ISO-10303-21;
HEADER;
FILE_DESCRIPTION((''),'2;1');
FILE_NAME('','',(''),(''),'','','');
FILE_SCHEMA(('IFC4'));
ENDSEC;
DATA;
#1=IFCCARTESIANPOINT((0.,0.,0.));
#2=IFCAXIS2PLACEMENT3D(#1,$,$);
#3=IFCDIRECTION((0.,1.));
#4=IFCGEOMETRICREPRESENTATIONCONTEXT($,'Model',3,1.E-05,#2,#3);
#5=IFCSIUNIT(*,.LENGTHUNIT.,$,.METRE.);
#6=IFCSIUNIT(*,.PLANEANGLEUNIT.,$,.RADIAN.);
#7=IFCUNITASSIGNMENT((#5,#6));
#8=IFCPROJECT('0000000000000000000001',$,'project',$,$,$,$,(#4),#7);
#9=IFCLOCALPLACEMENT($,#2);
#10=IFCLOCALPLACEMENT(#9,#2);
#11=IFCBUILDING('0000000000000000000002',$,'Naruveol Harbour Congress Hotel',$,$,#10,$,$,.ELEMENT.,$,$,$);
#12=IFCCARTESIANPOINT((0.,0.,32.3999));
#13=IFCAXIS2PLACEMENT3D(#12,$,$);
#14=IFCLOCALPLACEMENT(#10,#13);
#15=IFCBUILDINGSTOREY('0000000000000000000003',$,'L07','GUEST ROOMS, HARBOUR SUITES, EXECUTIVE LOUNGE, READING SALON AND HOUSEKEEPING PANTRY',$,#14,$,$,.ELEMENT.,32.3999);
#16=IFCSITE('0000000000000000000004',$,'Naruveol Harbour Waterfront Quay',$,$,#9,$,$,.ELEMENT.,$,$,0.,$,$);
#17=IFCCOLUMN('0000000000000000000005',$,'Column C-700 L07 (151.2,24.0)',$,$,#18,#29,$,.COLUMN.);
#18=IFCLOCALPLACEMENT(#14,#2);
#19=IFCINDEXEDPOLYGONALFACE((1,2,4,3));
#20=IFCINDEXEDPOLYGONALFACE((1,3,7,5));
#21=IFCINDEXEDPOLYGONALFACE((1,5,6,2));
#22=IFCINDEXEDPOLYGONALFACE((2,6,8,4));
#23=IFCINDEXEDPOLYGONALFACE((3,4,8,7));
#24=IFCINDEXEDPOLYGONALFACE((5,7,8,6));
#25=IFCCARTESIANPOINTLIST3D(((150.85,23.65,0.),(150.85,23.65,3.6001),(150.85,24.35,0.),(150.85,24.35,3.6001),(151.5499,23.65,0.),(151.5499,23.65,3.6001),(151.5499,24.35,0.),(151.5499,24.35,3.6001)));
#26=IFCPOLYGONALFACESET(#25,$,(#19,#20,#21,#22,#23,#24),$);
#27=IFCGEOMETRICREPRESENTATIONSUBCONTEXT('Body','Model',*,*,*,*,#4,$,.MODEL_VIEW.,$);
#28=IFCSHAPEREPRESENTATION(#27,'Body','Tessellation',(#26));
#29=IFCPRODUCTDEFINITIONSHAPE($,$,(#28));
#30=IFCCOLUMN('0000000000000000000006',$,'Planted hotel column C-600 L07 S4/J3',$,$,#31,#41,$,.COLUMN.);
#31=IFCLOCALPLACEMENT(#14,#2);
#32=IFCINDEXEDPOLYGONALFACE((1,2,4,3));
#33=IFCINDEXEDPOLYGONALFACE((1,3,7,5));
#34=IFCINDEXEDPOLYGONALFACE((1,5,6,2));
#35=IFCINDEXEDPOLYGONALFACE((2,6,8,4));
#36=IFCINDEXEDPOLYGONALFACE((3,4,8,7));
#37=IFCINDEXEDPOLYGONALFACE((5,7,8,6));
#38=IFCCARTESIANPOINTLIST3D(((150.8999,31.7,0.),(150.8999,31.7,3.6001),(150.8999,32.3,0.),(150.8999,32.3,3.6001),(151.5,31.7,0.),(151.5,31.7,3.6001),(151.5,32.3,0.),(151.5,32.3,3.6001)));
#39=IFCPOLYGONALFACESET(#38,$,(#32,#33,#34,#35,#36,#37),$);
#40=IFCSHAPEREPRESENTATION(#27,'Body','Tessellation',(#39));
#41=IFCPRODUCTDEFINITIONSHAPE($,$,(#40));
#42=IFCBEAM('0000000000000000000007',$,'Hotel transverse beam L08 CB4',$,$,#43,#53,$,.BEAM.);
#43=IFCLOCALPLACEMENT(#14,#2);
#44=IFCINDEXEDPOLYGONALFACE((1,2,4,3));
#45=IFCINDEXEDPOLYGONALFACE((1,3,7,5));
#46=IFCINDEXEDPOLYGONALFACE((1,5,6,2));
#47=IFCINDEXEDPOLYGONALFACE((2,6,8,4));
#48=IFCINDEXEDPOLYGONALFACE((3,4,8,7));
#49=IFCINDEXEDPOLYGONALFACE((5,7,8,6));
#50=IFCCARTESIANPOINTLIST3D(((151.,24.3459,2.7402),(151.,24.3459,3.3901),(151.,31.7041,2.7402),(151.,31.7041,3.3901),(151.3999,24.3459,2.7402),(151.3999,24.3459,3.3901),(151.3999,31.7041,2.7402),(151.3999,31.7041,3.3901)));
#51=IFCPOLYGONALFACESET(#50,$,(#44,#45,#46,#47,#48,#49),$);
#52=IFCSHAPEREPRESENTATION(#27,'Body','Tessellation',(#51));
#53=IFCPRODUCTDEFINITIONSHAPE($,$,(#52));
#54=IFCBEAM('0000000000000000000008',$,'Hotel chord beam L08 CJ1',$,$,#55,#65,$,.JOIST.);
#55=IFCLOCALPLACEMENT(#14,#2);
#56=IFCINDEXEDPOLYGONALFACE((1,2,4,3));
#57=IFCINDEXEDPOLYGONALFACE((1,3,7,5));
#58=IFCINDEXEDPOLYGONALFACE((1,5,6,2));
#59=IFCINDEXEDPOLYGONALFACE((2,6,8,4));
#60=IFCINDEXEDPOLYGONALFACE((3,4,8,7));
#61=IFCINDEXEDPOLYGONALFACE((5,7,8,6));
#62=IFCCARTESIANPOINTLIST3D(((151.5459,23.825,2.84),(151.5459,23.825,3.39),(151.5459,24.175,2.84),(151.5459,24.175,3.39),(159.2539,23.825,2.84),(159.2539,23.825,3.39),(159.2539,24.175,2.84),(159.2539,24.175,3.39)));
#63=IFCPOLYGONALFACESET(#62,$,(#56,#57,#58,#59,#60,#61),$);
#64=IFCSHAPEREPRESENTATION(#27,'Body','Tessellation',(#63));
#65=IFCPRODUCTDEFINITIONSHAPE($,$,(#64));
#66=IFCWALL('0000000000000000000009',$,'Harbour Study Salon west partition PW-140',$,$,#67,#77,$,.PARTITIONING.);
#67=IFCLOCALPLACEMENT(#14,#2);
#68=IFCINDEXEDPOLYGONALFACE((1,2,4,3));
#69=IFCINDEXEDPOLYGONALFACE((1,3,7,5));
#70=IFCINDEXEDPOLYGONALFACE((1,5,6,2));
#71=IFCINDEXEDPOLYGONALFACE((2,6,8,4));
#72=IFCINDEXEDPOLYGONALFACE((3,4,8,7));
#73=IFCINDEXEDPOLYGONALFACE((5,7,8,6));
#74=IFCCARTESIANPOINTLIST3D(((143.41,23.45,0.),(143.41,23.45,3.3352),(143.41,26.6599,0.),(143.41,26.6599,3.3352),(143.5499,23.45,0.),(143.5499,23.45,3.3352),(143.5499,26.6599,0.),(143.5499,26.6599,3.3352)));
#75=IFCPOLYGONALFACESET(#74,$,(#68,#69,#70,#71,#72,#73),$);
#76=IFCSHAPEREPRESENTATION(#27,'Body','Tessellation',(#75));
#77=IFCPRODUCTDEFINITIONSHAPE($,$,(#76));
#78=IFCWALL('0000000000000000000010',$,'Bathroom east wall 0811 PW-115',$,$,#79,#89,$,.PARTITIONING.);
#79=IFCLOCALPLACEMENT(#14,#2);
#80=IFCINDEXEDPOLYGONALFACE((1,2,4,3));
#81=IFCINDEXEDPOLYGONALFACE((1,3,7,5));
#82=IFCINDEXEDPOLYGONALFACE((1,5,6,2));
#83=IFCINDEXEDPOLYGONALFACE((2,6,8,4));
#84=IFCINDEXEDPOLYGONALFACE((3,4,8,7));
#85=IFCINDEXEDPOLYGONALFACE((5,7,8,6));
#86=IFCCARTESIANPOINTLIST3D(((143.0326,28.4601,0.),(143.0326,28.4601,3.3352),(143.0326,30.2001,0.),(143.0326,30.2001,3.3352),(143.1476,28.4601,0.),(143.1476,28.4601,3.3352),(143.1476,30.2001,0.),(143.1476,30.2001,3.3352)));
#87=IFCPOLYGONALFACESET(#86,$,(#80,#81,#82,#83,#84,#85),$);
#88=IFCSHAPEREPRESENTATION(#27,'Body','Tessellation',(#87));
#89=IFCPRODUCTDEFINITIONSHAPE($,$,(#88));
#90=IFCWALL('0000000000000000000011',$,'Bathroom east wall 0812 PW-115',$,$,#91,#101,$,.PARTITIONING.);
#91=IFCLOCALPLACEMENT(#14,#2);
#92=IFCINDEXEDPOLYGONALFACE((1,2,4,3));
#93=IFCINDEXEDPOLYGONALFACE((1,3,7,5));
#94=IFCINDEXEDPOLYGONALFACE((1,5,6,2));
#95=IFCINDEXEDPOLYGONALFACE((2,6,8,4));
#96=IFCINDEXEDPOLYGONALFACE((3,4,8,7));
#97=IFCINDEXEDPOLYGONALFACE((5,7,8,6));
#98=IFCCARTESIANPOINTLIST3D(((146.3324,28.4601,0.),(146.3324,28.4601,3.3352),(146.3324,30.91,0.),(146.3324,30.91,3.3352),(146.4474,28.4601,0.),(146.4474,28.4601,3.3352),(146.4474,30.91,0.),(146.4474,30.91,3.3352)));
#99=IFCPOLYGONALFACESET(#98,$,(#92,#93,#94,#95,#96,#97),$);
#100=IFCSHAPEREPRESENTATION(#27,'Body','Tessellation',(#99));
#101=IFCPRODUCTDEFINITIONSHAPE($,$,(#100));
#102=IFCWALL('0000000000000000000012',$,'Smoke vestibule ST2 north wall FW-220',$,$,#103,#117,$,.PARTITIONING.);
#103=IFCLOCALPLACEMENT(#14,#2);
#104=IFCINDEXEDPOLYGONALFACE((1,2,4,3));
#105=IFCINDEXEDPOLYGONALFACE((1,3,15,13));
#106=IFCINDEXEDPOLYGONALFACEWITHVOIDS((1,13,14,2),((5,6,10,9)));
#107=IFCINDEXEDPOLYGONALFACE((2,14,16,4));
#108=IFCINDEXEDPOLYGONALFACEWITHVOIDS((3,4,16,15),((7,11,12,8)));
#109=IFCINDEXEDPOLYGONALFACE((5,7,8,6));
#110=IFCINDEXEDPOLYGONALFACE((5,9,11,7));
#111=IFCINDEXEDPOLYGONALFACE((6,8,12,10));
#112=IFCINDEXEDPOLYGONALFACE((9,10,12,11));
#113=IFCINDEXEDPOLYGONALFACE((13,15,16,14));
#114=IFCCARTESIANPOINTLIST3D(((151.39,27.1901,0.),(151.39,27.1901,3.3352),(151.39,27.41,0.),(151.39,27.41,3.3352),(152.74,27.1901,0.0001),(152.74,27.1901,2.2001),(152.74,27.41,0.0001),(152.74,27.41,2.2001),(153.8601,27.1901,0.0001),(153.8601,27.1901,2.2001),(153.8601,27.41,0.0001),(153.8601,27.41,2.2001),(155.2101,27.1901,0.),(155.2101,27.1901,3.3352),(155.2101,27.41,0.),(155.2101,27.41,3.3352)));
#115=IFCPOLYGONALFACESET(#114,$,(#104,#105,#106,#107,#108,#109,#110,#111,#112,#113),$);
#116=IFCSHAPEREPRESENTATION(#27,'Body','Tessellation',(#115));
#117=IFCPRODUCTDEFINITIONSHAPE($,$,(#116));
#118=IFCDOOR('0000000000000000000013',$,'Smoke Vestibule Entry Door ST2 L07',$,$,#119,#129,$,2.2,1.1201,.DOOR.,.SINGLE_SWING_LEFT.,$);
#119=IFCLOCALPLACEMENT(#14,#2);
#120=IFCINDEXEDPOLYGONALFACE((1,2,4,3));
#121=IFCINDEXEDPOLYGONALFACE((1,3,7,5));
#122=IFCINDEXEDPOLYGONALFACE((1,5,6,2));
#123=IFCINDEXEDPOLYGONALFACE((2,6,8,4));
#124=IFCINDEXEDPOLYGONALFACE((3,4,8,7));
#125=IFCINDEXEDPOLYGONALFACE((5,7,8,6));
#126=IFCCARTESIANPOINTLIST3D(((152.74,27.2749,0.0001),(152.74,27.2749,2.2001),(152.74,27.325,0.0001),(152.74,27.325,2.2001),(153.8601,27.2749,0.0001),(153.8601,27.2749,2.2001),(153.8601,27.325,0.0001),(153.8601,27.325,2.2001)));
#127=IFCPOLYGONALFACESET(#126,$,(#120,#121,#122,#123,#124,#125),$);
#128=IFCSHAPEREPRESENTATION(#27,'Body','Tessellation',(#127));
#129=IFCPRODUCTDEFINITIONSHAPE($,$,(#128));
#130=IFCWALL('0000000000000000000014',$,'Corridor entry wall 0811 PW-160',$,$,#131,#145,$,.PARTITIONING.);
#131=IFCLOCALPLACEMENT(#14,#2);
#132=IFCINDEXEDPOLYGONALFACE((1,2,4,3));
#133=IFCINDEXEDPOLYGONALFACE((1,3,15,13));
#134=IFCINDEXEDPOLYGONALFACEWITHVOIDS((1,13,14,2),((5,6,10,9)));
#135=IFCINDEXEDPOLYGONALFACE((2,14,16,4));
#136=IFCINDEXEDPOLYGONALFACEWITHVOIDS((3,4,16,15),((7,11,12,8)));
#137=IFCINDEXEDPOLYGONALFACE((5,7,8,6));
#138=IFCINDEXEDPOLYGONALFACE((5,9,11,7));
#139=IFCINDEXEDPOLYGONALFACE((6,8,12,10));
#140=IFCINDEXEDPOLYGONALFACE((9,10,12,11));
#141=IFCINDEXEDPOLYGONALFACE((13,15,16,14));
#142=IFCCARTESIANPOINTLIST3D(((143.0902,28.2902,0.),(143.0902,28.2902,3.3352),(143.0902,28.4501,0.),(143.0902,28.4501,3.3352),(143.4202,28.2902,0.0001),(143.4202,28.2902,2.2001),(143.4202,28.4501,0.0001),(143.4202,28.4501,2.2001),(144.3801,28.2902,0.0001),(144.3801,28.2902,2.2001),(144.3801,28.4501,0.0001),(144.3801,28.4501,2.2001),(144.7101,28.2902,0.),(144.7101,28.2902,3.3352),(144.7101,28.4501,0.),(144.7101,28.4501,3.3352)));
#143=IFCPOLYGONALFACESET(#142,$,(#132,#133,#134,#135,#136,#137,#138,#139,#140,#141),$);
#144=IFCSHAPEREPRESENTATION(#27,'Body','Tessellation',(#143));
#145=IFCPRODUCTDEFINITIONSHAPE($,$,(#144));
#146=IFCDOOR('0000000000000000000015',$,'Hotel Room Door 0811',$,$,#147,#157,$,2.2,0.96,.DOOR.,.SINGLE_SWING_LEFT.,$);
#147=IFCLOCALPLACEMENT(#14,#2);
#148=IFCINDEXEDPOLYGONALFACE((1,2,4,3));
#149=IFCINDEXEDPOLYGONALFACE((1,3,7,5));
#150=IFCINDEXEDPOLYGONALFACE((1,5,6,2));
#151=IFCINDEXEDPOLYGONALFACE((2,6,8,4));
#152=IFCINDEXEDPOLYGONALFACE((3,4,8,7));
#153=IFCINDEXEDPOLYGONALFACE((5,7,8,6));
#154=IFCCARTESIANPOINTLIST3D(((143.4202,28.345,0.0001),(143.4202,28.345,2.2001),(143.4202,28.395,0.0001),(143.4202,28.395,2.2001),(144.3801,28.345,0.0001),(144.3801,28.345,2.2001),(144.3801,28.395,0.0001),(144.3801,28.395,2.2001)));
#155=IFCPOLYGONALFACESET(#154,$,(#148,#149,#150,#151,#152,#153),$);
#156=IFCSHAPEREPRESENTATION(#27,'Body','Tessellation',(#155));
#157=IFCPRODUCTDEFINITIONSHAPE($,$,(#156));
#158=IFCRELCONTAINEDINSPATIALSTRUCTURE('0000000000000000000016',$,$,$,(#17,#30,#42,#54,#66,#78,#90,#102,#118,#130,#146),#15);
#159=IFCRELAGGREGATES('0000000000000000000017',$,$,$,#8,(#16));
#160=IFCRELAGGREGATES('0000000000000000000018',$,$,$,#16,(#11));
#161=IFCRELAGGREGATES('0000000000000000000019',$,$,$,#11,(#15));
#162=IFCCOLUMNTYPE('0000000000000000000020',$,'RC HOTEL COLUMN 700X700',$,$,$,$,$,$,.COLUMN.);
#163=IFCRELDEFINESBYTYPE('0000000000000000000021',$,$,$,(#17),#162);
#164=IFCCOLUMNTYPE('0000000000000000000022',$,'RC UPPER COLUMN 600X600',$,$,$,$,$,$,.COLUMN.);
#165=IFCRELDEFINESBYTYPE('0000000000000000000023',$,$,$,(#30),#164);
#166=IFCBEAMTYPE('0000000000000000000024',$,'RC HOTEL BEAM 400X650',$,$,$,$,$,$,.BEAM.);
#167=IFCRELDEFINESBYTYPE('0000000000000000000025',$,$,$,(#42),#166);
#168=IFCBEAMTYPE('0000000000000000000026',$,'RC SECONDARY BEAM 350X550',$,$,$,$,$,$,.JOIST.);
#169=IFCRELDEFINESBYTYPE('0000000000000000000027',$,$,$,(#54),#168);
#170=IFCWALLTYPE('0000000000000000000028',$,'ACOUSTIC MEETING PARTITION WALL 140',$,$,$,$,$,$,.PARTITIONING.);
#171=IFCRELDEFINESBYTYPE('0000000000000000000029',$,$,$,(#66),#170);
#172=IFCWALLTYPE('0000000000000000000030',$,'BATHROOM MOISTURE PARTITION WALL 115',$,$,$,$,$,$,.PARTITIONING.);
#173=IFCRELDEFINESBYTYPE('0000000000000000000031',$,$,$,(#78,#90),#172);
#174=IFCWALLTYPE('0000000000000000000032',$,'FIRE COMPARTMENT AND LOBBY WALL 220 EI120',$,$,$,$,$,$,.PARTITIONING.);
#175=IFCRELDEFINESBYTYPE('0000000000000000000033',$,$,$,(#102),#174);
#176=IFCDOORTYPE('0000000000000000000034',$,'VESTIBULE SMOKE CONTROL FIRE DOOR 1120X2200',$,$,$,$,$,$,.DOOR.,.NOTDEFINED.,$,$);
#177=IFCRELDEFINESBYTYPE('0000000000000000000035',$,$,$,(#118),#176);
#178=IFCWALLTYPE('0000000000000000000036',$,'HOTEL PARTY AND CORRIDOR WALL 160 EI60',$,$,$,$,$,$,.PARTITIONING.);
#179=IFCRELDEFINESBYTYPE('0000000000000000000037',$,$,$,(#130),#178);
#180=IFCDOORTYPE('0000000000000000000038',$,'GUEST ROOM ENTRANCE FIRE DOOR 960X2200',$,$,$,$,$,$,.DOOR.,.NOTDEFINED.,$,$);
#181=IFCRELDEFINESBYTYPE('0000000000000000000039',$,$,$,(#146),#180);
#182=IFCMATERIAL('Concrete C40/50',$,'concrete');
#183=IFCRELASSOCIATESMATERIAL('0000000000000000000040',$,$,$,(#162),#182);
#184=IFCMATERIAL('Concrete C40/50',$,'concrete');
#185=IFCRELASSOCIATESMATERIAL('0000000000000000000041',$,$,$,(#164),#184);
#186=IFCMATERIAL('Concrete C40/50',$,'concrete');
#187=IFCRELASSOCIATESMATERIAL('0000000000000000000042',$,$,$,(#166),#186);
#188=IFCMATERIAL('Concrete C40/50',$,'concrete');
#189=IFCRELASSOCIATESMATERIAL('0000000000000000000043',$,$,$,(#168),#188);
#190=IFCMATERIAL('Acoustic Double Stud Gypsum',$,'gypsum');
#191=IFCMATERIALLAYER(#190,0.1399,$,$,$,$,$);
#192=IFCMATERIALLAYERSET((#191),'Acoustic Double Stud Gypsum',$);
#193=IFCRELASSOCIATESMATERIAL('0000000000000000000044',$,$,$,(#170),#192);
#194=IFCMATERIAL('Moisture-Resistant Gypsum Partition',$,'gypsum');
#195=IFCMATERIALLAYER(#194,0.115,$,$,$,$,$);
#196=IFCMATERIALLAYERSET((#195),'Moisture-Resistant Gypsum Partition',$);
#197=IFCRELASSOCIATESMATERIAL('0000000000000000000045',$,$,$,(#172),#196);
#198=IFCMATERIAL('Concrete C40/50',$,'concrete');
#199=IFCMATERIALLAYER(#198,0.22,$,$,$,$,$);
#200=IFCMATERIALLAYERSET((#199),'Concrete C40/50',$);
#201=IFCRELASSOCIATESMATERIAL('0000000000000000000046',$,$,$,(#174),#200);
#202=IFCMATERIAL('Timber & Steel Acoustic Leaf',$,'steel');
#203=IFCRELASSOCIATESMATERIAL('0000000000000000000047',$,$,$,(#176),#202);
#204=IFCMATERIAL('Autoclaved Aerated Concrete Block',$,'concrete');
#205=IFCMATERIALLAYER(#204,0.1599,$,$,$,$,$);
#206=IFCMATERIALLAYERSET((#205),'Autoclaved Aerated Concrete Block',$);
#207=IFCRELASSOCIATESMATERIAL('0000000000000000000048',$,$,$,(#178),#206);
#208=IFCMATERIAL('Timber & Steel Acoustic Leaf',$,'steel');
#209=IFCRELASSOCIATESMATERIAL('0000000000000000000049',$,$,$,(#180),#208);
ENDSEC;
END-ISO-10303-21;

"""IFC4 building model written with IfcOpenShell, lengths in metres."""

from ifc_helpers import new_model, si_unit, direction, frame, frame_2d, origin, origin_2d, place, context, subcontext, project, spatial, rectangle, extrude, material, layer, layer_set, material_profile, profile_set, type_object, element, fill, save


model = new_model("IFC4")

# Units and contexts
model_context = context("Model", 3, precision=1e-05, world=origin(), true_north=direction((0.0, 1.0)))
body_context = subcontext(model_context, "Body", "Model", "MODEL_VIEW")
ifc_project = project(units=[si_unit("LENGTHUNIT", "METRE"), si_unit("PLANEANGLEUNIT", "RADIAN")], contexts=[model_context])

# Site, building, storey
site_placement = place(None, origin())
site = spatial("IfcSite", under=ifc_project, at=site_placement, Name="Naruveol Harbour Waterfront Quay", CompositionType="ELEMENT", RefElevation=0.0)
building_placement = place(site_placement, origin())
building = spatial("IfcBuilding", under=site, at=building_placement, Name="Naruveol Harbour Congress Hotel", CompositionType="ELEMENT")
storey_placement = place(building_placement, frame((0.0, 0.0, 32.3999)))
storey = spatial("IfcBuildingStorey", under=building, at=storey_placement, Name="L07", Description="GUEST ROOMS, HARBOUR SUITES, EXECUTIVE LOUNGE, READING SALON AND HOUSEKEEPING PANTRY", CompositionType="ELEMENT", Elevation=32.3999)

# Columns
ifc_material_1 = material(Name="Concrete C40/50", Category="concrete")
ifc_material_profile_1 = material_profile(ifc_material_1, rectangle(XDim=0.7, YDim=0.7, at=origin_2d()), Name="RC-700x700")
ifc_profile_set_1 = profile_set([ifc_material_profile_1], Name="Concrete C40/50")
column_type_1 = type_object("IfcColumnType", Name="RC HOTEL COLUMN 700X700", PredefinedType="COLUMN", material=ifc_profile_set_1)
column_1_placement = place(storey_placement, frame((151.2, 24.0, 0.0), z_axis=(0.0, 0.0, 1.0), x_axis=(1.0, 0.0, 0.0)))
element("IfcColumn", 1, at=column_1_placement, inside=storey, type_object=column_type_1, Name="Column C-700 L07 (151.2,24.0)", PredefinedType="COLUMN", context=body_context, shape_type="SweptSolid", body=[
    extrude(rectangle(XDim=0.7, YDim=0.7, at=origin_2d()), origin(), (0.0, 0.0, 1.0), 3.6001),
])
ifc_material_2 = material(Name="Concrete C40/50", Category="concrete")
ifc_material_profile_2 = material_profile(ifc_material_2, rectangle(XDim=0.6001, YDim=0.6001, at=origin_2d()), Name="RC-600x600")
ifc_profile_set_2 = profile_set([ifc_material_profile_2], Name="Concrete C40/50")
column_type_2 = type_object("IfcColumnType", Name="RC UPPER COLUMN 600X600", PredefinedType="COLUMN", material=ifc_profile_set_2)
column_2_placement = place(storey_placement, frame((151.2, 32.0, 0.0), z_axis=(0.0, 0.0, 1.0), x_axis=(1.0, 0.0, 0.0)))
element("IfcColumn", 2, at=column_2_placement, inside=storey, type_object=column_type_2, Name="Planted hotel column C-600 L07 S4/J3", PredefinedType="COLUMN", context=body_context, shape_type="SweptSolid", body=[
    extrude(rectangle(XDim=0.6001, YDim=0.6001, at=origin_2d()), origin(), (0.0, 0.0, 1.0), 3.6001),
])

# Beams
ifc_material_3 = material(Name="Concrete C40/50", Category="concrete")
ifc_material_profile_3 = material_profile(ifc_material_3, rectangle(XDim=0.3999, YDim=0.6499, at=origin_2d()), Name="RCB-400x650")
ifc_profile_set_3 = profile_set([ifc_material_profile_3], Name="Concrete C40/50")
beam_type_1 = type_object("IfcBeamType", Name="RC HOTEL BEAM 400X650", PredefinedType="BEAM", material=ifc_profile_set_3)
beam_1_placement = place(storey_placement, frame((151.2, 24.3459, 3.0652), z_axis=(0.0, 1.0, 0.0), x_axis=(-1.0, 0.0, 0.0)))
element("IfcBeam", 3, at=beam_1_placement, inside=storey, type_object=beam_type_1, Name="Hotel transverse beam L08 CB4", PredefinedType="BEAM", context=body_context, shape_type="SweptSolid", body=[
    extrude(rectangle(XDim=0.3999, YDim=0.6499, at=origin_2d()), origin(), (0.0, 0.0, 1.0), 7.3582),
])
ifc_material_4 = material(Name="Concrete C40/50", Category="concrete")
ifc_material_profile_4 = material_profile(ifc_material_4, rectangle(XDim=0.3501, YDim=0.55, at=origin_2d()), Name="RCB-350x550")
ifc_profile_set_4 = profile_set([ifc_material_profile_4], Name="Concrete C40/50")
beam_type_2 = type_object("IfcBeamType", Name="RC SECONDARY BEAM 350X550", PredefinedType="JOIST", material=ifc_profile_set_4)
beam_2_placement = place(storey_placement, frame((151.5459, 24.0, 3.115), z_axis=(1.0, 0.0, 0.0), x_axis=(0.0, 1.0, 0.0)))
element("IfcBeam", 4, at=beam_2_placement, inside=storey, type_object=beam_type_2, Name="Hotel chord beam L08 CJ1", PredefinedType="JOIST", context=body_context, shape_type="SweptSolid", body=[
    extrude(rectangle(XDim=0.3501, YDim=0.55, at=origin_2d()), origin(), (0.0, 0.0, 1.0), 7.708),
])

# Shared definitions
ifc_material_5 = material(Name="Acoustic Double Stud Gypsum", Category="gypsum")
ifc_layer_1 = layer(ifc_material_5, 0.1399)
ifc_layer_set_1 = layer_set([ifc_layer_1], Name="Acoustic Double Stud Gypsum")
wall_type_1 = type_object("IfcWallType", Name="ACOUSTIC MEETING PARTITION WALL 140", PredefinedType="PARTITIONING", material=ifc_layer_set_1)

# Walls
wall_1_placement = place(storey_placement, frame((143.48, 23.45, 0.0), z_axis=(0.0, 0.0, 1.0), x_axis=(0.0, 1.0, 0.0)))
element("IfcWall", 5, at=wall_1_placement, inside=storey, type_object=wall_type_1, Name="Harbour Study Salon west partition PW-140", PredefinedType="PARTITIONING", context=body_context, shape_type="SweptSolid", body=[
    extrude(rectangle(XDim=3.21, YDim=0.1399, at=frame_2d((1.605, 0.0))), origin(), (0.0, 0.0, 1.0), 3.3352),
])
ifc_material_6 = material(Name="Moisture-Resistant Gypsum Partition", Category="gypsum")
ifc_layer_2 = layer(ifc_material_6, 0.115)
ifc_layer_set_2 = layer_set([ifc_layer_2], Name="Moisture-Resistant Gypsum Partition")
wall_type_2 = type_object("IfcWallType", Name="BATHROOM MOISTURE PARTITION WALL 115", PredefinedType="PARTITIONING", material=ifc_layer_set_2)
wall_2_placement = place(storey_placement, frame((143.0901, 28.46, 0.0), z_axis=(0.0, 0.0, 1.0), x_axis=(0.0, 1.0, 0.0)))
element("IfcWall", 6, at=wall_2_placement, inside=storey, type_object=wall_type_2, Name="Bathroom east wall 0811 PW-115", PredefinedType="PARTITIONING", context=body_context, shape_type="SweptSolid", body=[
    extrude(rectangle(XDim=1.74, YDim=0.115, at=frame_2d((0.8701, 0.0))), origin(), (0.0, 0.0, 1.0), 3.3352),
])
wall_3_placement = place(storey_placement, frame((146.3899, 28.46, 0.0), z_axis=(0.0, 0.0, 1.0), x_axis=(0.0, 1.0, 0.0)))
element("IfcWall", 7, at=wall_3_placement, inside=storey, type_object=wall_type_2, Name="Bathroom east wall 0812 PW-115", PredefinedType="PARTITIONING", context=body_context, shape_type="SweptSolid", body=[
    extrude(rectangle(XDim=2.45, YDim=0.115, at=frame_2d((1.2251, 0.0))), origin(), (0.0, 0.0, 1.0), 3.3352),
])

# Walls, openings, doors
ifc_material_7 = material(Name="Concrete C40/50", Category="concrete")
ifc_layer_3 = layer(ifc_material_7, 0.22)
ifc_layer_set_3 = layer_set([ifc_layer_3], Name="Concrete C40/50")
wall_type_3 = type_object("IfcWallType", Name="FIRE COMPARTMENT AND LOBBY WALL 220 EI120", PredefinedType="PARTITIONING", material=ifc_layer_set_3)
wall_4_placement = place(storey_placement, frame((151.3899, 27.3, 0.0), z_axis=(0.0, 0.0, 1.0), x_axis=(1.0, 0.0, 0.0)))
wall_4 = element("IfcWall", 8, at=wall_4_placement, inside=storey, type_object=wall_type_3, Name="Smoke vestibule ST2 north wall FW-220", PredefinedType="PARTITIONING", context=body_context, shape_type="SweptSolid", body=[
    extrude(rectangle(XDim=3.8201, YDim=0.22, at=frame_2d((1.9102, 0.0))), origin(), (0.0, 0.0, 1.0), 3.3352),
])
opening_1_placement = place(wall_4_placement, frame((1.3501, 0.0, 0.0)))
opening_1 = element("IfcOpeningElement", 9, at=opening_1_placement, cuts=wall_4, PredefinedType="OPENING", context=body_context, shape_type="SweptSolid", body=[
    extrude(rectangle(XDim=1.1201, YDim=2.2, at=frame_2d((0.5601, 1.1001))), frame((0.0, 0.1199, 0.0), z_axis=(0.0, -1.0, 0.0), x_axis=(1.0, 0.0, 0.0)), (0.0, 0.0, 1.0), 0.24),
])
ifc_material_8 = material(Name="Timber & Steel Acoustic Leaf", Category="steel")
door_type_1 = type_object("IfcDoorType", Name="VESTIBULE SMOKE CONTROL FIRE DOOR 1120X2200", OperationType="NOTDEFINED", PredefinedType="DOOR", material=ifc_material_8)
door_1_placement = place(opening_1_placement, origin())
door_1 = element("IfcDoor", 10, at=door_1_placement, inside=storey, type_object=door_type_1, Name="Smoke Vestibule Entry Door ST2 L07", OperationType="SINGLE_SWING_LEFT", OverallHeight=2.2, OverallWidth=1.1201, PredefinedType="DOOR", context=body_context, shape_type="SweptSolid", body=[
    extrude(rectangle(XDim=1.1201, YDim=2.2, at=frame_2d((0.5601, 1.1001))), frame((0.0, 0.0249, 0.0), z_axis=(0.0, -1.0, 0.0), x_axis=(1.0, 0.0, 0.0)), (0.0, 0.0, 1.0), 0.05),
])
fill(opening_1, door_1)
ifc_material_9 = material(Name="Autoclaved Aerated Concrete Block", Category="concrete")
ifc_layer_4 = layer(ifc_material_9, 0.1599)
ifc_layer_set_4 = layer_set([ifc_layer_4], Name="Autoclaved Aerated Concrete Block")
wall_type_4 = type_object("IfcWallType", Name="HOTEL PARTY AND CORRIDOR WALL 160 EI60", PredefinedType="PARTITIONING", material=ifc_layer_set_4)
wall_5_placement = place(storey_placement, frame((143.0901, 28.3701, 0.0), z_axis=(0.0, 0.0, 1.0), x_axis=(1.0, 0.0, 0.0)))
wall_5 = element("IfcWall", 11, at=wall_5_placement, inside=storey, type_object=wall_type_4, Name="Corridor entry wall 0811 PW-160", PredefinedType="PARTITIONING", context=body_context, shape_type="SweptSolid", body=[
    extrude(rectangle(XDim=1.6199, YDim=0.1599, at=frame_2d((0.8101, 0.0))), origin(), (0.0, 0.0, 1.0), 3.3352),
])
opening_2_placement = place(wall_5_placement, frame((0.3301, 0.0, 0.0)))
opening_2 = element("IfcOpeningElement", 12, at=opening_2_placement, cuts=wall_5, PredefinedType="OPENING", context=body_context, shape_type="SweptSolid", body=[
    extrude(rectangle(XDim=0.96, YDim=2.2, at=frame_2d((0.48, 1.1001))), frame((0.0, 0.0898, 0.0), z_axis=(0.0, -1.0, 0.0), x_axis=(1.0, 0.0, 0.0)), (0.0, 0.0, 1.0), 0.1799),
])
ifc_material_10 = material(Name="Timber & Steel Acoustic Leaf", Category="steel")
door_type_2 = type_object("IfcDoorType", Name="GUEST ROOM ENTRANCE FIRE DOOR 960X2200", OperationType="NOTDEFINED", PredefinedType="DOOR", material=ifc_material_10)
door_2_placement = place(opening_2_placement, origin())
door_2 = element("IfcDoor", 13, at=door_2_placement, inside=storey, type_object=door_type_2, Name="Hotel Room Door 0811", OperationType="SINGLE_SWING_LEFT", OverallHeight=2.2, OverallWidth=0.96, PredefinedType="DOOR", context=body_context, shape_type="SweptSolid", body=[
    extrude(rectangle(XDim=0.96, YDim=2.2, at=frame_2d((0.48, 1.1001))), frame((0.0, 0.0249, 0.0), z_axis=(0.0, -1.0, 0.0), x_axis=(1.0, 0.0, 0.0)), (0.0, 0.0, 1.0), 0.05),
])
fill(opening_2, door_2)

save(model, "model.ifc")
